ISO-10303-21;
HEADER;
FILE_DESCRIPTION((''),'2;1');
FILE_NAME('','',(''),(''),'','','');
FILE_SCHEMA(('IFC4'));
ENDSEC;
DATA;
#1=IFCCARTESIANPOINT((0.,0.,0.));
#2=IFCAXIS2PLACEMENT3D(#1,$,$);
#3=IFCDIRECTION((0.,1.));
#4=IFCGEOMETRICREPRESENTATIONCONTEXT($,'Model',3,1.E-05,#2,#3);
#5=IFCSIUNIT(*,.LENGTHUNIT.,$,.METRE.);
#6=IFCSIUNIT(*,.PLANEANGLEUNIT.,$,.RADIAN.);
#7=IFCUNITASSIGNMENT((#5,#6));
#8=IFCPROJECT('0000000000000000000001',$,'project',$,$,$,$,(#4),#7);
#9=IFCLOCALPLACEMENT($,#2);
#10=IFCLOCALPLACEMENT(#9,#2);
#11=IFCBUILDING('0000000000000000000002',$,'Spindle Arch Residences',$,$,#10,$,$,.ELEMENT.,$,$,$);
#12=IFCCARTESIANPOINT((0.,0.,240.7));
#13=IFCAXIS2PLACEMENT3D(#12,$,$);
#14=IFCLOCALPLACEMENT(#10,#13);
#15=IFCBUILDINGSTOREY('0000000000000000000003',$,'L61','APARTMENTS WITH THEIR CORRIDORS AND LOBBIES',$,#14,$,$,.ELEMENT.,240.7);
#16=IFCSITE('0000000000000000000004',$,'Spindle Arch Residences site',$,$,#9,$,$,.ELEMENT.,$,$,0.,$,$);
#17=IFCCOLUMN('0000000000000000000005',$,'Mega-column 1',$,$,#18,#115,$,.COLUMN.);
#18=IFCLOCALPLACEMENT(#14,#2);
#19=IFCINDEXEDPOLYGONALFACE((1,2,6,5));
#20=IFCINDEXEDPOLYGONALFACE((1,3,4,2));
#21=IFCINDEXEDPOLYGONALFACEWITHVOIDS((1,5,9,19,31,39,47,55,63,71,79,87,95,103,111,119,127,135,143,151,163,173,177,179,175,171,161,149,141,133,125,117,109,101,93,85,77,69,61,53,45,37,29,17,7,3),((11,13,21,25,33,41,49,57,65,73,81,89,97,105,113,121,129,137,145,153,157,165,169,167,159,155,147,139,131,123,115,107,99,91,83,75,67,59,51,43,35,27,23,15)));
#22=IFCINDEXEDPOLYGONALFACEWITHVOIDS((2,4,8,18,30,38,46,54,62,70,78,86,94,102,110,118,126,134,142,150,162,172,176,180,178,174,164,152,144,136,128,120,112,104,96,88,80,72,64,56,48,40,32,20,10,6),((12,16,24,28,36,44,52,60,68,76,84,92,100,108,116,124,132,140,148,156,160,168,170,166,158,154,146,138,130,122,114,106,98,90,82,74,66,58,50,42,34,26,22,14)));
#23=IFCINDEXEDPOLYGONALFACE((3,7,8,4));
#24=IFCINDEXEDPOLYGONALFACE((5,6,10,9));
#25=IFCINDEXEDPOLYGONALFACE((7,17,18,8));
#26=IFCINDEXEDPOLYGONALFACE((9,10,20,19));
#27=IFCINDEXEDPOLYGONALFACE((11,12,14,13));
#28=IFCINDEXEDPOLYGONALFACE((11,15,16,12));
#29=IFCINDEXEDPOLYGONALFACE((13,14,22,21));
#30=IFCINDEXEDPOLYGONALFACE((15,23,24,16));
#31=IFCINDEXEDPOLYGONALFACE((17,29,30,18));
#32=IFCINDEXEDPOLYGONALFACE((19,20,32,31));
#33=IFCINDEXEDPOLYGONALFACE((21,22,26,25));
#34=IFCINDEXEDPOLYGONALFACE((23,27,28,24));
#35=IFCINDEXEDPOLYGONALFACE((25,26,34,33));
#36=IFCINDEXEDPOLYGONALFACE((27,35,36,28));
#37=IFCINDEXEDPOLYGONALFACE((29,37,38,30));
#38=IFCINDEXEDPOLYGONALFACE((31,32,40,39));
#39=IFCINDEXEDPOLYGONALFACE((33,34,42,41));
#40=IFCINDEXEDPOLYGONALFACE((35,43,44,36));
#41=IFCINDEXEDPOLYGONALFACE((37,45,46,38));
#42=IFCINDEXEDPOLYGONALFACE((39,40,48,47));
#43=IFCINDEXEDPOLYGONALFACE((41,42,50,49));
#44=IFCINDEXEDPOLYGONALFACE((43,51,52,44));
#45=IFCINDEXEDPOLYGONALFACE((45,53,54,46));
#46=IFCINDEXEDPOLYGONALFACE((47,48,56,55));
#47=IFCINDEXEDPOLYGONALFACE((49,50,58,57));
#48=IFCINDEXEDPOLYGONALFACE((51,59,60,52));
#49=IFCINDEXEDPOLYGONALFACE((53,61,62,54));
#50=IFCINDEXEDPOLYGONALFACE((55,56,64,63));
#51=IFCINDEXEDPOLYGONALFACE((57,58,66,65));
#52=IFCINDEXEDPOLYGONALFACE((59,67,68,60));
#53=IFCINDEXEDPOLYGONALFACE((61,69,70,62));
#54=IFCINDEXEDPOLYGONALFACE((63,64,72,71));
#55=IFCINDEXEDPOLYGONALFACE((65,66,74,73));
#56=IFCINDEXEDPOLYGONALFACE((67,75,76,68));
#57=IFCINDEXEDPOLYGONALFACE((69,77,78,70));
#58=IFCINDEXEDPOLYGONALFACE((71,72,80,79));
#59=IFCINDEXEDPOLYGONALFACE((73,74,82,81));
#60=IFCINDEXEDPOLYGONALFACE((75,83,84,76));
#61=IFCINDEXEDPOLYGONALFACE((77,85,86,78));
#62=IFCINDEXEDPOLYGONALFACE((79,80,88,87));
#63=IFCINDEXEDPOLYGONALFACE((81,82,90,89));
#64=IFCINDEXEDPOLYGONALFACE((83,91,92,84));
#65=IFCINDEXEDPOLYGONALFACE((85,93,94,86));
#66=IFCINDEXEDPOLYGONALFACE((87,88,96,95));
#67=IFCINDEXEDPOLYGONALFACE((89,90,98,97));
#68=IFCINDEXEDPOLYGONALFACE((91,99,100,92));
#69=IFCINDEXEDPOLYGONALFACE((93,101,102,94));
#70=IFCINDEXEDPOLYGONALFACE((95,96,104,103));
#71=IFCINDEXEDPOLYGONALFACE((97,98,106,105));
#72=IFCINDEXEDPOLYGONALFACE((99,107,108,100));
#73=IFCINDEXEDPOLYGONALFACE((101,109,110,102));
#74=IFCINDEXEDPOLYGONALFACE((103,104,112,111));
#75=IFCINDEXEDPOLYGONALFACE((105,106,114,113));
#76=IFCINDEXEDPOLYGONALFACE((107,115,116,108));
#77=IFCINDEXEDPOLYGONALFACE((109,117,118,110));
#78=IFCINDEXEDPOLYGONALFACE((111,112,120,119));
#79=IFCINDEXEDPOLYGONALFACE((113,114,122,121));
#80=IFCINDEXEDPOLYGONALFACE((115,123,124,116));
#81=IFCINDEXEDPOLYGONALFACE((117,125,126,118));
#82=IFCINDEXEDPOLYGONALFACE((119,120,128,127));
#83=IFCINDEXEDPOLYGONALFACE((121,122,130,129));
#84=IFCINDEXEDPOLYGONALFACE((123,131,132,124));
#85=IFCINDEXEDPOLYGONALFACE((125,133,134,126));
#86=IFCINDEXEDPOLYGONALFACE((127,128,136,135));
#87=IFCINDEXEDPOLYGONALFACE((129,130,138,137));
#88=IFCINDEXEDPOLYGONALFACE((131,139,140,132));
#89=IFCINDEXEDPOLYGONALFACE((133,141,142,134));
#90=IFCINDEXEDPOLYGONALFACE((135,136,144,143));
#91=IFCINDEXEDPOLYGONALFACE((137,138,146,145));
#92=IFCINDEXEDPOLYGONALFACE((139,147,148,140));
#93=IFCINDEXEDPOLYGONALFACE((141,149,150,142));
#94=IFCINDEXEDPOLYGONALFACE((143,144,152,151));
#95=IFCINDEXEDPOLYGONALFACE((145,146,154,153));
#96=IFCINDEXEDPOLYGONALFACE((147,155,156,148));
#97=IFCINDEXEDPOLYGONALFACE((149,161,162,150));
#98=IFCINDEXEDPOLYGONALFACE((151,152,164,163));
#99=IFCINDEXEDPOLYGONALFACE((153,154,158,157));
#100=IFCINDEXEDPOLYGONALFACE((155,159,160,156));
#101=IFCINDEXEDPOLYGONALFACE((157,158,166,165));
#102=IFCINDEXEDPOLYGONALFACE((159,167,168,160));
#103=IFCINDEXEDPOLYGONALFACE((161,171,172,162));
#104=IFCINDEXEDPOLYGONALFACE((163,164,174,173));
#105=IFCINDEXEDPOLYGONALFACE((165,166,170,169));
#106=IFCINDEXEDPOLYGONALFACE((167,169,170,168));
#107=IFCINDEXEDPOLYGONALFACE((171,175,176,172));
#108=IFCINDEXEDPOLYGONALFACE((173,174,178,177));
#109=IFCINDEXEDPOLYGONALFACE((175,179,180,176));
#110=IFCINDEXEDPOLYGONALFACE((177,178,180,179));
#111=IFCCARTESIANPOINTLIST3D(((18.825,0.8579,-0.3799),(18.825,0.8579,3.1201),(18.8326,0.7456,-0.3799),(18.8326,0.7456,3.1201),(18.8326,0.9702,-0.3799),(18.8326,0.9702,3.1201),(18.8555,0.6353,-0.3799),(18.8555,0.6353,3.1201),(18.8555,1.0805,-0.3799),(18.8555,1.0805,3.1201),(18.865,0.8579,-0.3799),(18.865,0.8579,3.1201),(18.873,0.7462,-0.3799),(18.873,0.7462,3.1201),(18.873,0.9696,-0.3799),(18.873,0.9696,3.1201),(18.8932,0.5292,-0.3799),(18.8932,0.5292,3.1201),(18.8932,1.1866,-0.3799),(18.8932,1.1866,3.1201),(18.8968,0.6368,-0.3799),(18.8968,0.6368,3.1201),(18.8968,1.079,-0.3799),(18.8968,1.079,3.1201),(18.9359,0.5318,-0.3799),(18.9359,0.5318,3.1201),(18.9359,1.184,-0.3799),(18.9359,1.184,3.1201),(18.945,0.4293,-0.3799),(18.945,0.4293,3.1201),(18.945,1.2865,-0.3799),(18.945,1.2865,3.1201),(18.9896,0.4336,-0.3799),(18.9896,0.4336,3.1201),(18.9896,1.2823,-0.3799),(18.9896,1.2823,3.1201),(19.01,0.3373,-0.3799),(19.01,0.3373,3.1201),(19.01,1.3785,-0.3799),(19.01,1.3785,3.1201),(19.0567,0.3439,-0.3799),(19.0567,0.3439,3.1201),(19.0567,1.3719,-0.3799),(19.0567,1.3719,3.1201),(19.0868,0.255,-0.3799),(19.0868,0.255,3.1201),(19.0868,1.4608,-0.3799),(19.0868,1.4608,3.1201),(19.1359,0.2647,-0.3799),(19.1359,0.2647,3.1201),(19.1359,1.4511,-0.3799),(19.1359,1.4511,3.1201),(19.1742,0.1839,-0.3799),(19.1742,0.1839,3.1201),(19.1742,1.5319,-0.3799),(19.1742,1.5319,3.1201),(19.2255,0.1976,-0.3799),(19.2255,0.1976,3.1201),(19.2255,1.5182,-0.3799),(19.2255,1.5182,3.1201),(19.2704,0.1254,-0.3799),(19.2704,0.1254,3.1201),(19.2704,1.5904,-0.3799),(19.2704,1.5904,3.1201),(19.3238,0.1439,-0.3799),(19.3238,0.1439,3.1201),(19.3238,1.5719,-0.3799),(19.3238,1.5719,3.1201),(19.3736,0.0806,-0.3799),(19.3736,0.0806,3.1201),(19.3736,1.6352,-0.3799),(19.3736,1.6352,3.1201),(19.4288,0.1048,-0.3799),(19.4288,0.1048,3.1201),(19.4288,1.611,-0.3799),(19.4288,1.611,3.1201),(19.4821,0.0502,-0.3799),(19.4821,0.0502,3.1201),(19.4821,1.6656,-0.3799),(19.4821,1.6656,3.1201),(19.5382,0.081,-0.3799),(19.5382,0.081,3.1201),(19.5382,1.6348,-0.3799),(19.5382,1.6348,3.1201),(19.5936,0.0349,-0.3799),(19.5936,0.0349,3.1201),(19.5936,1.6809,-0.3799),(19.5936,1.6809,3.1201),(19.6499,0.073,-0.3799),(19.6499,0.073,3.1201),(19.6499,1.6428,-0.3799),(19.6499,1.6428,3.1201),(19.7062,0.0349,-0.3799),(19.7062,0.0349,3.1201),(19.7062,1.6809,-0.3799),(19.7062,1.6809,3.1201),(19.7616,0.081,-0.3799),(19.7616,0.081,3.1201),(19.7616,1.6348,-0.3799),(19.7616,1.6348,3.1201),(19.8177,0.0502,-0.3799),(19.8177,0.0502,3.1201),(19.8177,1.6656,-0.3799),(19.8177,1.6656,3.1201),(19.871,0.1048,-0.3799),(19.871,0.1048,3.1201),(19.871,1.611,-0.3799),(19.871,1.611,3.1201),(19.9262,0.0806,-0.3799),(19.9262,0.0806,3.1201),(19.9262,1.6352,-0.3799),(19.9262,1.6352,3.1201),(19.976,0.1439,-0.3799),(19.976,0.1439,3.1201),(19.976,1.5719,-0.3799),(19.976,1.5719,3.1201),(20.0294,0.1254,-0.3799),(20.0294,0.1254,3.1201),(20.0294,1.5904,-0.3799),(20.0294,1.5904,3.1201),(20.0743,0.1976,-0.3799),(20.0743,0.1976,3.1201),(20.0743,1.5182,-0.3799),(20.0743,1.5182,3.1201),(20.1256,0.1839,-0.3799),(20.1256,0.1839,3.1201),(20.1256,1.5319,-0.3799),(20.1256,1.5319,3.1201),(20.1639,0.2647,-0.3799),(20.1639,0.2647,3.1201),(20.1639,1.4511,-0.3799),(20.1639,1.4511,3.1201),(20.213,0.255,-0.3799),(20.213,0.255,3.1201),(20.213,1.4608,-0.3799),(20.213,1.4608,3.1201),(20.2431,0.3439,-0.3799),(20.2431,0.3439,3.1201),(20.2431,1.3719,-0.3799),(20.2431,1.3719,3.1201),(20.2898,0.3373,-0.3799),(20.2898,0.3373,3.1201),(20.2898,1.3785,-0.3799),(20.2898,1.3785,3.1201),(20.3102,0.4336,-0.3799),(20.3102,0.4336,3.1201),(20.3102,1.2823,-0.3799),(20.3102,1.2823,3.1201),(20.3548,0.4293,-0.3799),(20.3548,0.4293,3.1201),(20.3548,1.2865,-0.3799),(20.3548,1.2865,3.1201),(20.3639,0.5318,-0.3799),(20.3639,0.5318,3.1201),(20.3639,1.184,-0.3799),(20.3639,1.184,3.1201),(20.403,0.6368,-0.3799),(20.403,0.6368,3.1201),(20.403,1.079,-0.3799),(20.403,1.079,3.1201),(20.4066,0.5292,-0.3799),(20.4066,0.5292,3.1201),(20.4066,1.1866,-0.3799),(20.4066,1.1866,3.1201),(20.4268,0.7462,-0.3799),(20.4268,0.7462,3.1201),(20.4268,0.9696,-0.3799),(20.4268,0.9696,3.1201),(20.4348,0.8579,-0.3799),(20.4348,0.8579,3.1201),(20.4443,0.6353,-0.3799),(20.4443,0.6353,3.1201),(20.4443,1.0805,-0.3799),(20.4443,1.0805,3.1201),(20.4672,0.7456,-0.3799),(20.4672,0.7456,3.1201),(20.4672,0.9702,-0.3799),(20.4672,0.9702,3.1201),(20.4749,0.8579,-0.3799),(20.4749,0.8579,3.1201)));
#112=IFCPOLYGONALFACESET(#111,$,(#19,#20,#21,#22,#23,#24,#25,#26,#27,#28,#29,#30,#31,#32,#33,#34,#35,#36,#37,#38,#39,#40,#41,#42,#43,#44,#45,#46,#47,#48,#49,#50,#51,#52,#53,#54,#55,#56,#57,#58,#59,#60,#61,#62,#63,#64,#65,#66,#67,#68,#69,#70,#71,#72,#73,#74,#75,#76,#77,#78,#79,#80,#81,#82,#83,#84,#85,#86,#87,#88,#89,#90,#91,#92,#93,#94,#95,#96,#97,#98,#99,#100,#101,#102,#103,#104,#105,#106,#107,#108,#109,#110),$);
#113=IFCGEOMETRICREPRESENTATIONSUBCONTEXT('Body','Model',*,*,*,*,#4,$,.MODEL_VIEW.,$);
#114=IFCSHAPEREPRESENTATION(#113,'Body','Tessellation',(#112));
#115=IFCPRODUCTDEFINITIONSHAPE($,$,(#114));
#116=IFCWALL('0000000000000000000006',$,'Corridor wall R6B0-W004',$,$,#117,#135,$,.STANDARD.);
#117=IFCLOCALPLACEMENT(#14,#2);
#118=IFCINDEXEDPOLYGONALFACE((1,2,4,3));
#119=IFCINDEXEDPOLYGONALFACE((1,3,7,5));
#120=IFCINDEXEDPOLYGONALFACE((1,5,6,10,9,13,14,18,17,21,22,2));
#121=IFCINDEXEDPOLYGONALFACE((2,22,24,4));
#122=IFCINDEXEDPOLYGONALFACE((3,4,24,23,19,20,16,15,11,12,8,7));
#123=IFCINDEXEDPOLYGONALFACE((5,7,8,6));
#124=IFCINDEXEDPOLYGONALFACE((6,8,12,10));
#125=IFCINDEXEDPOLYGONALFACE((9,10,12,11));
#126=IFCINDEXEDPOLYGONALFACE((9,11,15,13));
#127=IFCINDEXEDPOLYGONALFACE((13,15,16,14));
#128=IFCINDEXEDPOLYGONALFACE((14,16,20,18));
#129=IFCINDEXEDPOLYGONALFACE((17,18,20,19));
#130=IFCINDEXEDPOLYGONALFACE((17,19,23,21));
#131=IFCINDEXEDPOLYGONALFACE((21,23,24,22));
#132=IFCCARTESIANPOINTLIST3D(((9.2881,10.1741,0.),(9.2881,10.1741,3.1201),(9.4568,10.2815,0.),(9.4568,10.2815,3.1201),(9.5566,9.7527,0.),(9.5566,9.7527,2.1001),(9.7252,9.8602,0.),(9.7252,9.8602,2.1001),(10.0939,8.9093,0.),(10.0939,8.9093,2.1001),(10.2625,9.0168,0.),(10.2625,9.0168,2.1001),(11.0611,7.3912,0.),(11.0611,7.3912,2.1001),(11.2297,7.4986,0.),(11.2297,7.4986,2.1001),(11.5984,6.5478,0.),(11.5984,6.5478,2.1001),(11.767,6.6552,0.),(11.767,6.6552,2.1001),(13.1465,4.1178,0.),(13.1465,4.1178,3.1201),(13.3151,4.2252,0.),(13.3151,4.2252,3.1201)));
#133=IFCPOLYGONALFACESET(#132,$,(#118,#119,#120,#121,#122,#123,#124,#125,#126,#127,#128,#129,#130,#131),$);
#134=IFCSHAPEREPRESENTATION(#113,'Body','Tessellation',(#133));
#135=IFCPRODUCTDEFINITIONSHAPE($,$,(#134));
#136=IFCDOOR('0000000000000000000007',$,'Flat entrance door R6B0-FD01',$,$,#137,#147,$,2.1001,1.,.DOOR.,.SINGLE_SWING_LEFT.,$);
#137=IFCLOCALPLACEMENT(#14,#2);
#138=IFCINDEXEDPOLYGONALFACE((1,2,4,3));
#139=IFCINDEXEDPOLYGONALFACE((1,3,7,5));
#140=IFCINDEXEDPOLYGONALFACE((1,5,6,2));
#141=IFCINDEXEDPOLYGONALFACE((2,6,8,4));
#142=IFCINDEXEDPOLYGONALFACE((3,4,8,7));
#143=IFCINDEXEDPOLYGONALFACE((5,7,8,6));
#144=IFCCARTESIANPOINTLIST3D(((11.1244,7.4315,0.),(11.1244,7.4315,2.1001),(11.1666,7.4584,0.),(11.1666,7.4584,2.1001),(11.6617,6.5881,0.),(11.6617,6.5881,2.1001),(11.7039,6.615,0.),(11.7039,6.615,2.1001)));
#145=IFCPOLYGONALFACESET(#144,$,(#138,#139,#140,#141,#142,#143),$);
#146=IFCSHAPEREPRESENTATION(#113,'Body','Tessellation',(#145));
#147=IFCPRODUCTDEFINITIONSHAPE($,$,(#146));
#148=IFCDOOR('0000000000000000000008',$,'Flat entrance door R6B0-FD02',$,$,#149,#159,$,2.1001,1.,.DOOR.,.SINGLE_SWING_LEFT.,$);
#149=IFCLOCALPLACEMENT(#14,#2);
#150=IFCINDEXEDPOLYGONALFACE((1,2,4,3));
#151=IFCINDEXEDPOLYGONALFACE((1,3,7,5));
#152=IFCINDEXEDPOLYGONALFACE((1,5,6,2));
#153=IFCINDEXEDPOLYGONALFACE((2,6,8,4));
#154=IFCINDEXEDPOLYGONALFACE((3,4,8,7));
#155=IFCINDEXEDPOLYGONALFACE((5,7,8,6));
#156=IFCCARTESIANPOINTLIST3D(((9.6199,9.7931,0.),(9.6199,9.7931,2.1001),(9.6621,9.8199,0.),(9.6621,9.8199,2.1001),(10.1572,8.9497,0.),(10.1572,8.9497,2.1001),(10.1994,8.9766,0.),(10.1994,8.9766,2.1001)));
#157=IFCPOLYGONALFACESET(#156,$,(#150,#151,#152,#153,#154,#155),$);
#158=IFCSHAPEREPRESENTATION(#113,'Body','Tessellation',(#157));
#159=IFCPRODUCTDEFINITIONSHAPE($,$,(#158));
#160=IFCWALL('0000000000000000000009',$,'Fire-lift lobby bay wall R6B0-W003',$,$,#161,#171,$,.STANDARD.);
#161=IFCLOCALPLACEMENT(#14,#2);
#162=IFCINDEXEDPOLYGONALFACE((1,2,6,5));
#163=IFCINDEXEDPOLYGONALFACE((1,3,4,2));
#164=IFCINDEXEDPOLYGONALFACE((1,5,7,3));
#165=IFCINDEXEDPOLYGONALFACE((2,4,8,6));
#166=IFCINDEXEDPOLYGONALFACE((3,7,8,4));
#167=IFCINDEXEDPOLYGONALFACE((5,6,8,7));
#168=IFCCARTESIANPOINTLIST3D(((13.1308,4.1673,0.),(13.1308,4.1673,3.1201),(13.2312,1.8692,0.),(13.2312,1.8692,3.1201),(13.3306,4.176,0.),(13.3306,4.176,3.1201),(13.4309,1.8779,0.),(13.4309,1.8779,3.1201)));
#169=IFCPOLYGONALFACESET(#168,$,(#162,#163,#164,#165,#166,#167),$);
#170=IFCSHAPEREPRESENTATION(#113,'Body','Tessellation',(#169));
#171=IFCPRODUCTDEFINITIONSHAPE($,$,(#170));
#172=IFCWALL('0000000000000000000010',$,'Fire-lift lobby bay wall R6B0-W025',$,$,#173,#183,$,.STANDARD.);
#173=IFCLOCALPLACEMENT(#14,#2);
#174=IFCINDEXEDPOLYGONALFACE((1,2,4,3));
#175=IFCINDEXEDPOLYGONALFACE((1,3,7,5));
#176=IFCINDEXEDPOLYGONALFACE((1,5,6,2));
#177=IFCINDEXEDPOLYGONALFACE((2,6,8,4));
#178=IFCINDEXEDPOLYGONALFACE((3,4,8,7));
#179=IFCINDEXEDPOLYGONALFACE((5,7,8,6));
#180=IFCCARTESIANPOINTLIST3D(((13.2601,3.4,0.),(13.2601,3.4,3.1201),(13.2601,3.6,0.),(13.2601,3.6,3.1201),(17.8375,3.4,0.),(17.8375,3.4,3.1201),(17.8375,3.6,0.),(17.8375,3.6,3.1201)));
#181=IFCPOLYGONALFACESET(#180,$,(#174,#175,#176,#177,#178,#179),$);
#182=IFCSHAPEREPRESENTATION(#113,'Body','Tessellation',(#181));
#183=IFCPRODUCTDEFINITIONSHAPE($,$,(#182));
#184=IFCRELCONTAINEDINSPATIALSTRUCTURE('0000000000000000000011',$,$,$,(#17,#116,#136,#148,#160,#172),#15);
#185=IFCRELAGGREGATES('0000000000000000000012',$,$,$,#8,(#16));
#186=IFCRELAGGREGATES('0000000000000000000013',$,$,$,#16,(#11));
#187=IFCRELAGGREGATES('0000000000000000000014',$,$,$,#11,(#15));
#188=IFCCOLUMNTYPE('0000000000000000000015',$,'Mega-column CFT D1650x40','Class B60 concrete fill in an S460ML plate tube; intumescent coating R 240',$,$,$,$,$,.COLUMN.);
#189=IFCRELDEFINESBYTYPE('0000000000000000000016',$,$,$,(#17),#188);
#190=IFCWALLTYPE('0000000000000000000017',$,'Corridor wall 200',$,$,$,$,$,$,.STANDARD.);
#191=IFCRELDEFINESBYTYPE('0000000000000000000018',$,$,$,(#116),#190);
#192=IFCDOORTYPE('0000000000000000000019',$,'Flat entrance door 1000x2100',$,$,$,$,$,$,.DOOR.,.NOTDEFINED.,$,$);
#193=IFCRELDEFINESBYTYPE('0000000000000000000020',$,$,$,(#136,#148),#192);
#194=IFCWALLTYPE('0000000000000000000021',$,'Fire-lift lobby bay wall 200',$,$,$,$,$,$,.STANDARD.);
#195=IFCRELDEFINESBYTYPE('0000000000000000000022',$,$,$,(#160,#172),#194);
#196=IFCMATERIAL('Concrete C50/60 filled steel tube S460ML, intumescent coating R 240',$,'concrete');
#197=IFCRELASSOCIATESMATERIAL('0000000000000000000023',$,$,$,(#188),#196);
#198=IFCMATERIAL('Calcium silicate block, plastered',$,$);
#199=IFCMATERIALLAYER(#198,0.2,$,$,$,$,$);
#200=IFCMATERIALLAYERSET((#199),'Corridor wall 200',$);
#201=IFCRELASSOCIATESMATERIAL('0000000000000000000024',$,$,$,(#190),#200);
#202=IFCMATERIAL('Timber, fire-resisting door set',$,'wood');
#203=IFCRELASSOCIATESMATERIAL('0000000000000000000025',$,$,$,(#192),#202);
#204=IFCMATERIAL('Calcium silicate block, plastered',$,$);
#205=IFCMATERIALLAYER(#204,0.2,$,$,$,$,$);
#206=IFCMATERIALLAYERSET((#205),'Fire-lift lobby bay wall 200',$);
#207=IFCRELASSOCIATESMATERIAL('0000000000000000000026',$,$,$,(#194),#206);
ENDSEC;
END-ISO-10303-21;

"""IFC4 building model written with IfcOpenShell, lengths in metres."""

from ifc_helpers import new_model, si_unit, direction, frame, frame_2d, origin, origin_2d, place, context, subcontext, project, spatial, rectangle, hollow_circle, extrude, material, layer, layer_set, material_profile, profile_set, type_object, element, fill, save


model = new_model("IFC4")

# Units and contexts
model_context = context("Model", 3, precision=1e-05, world=origin(), true_north=direction((0.0, 1.0)))
body_context = subcontext(model_context, "Body", "Model", "MODEL_VIEW")
ifc_project = project(units=[si_unit("LENGTHUNIT", "METRE"), si_unit("PLANEANGLEUNIT", "RADIAN")], contexts=[model_context])

# Site, building, storey
site_placement = place(None, origin())
site = spatial("IfcSite", under=ifc_project, at=site_placement, Name="Spindle Arch Residences site", CompositionType="ELEMENT", RefElevation=0.0)
building_placement = place(site_placement, origin())
building = spatial("IfcBuilding", under=site, at=building_placement, Name="Spindle Arch Residences", CompositionType="ELEMENT")
storey_placement = place(building_placement, frame((0.0, 0.0, 240.7)))
storey = spatial("IfcBuildingStorey", under=building, at=storey_placement, Name="L61", Description="APARTMENTS WITH THEIR CORRIDORS AND LOBBIES", CompositionType="ELEMENT", Elevation=240.7)

# Column
ifc_material_1 = material(Name="Concrete C50/60 filled steel tube S460ML, intumescent coating R 240", Category="concrete")
ifc_material_profile = material_profile(ifc_material_1, hollow_circle(Radius=0.825, WallThickness=0.04, at=origin_2d()), Name="CFT D1650x40")
ifc_profile_set = profile_set([ifc_material_profile], Name="Concrete C50/60 filled steel tube S460ML, intumescent coating R 240")
column_type = type_object("IfcColumnType", Name="Mega-column CFT D1650x40", Description="Class B60 concrete fill in an S460ML plate tube; intumescent coating R 240", PredefinedType="COLUMN", material=ifc_profile_set)
column_placement = place(storey_placement, frame((19.6499, 0.8579, -0.3799), z_axis=(0.0, 0.0, 1.0), x_axis=(1.0, 0.0, 0.0)))
element("IfcColumn", 1, at=column_placement, inside=storey, type_object=column_type, Name="Mega-column 1", PredefinedType="COLUMN", context=body_context, shape_type="SweptSolid", body=[
    extrude(hollow_circle(Radius=0.825, WallThickness=0.04, at=origin_2d()), origin(), (0.0, 0.0, 1.0), 3.5),
])

# Wall, openings, doors
ifc_material_2 = material(Name="Calcium silicate block, plastered")
ifc_layer_1 = layer(ifc_material_2, 0.2)
ifc_layer_set_1 = layer_set([ifc_layer_1], Name="Corridor wall 200")
wall_type_1 = type_object("IfcWallType", Name="Corridor wall 200", PredefinedType="STANDARD", material=ifc_layer_set_1)
wall_1_placement = place(storey_placement, frame((13.2307, 4.1716, 0.0), z_axis=(0.0, 0.0, 1.0), x_axis=(-0.537304, 0.843388, 0.0)))
wall_1 = element("IfcWall", 2, at=wall_1_placement, inside=storey, type_object=wall_type_1, Name="Corridor wall R6B0-W004", PredefinedType="STANDARD", context=body_context, shape_type="SweptSolid", body=[
    extrude(rectangle(XDim=7.1809, YDim=0.2, at=frame_2d((3.5903, 0.0))), origin(), (0.0, 0.0, 1.0), 3.1201),
])
opening_1_placement = place(wall_1_placement, frame((2.8811, 0.0, 0.0)))
opening_1 = element("IfcOpeningElement", 3, at=opening_1_placement, cuts=wall_1, PredefinedType="OPENING", context=body_context, shape_type="SweptSolid", body=[
    extrude(rectangle(XDim=1.0, YDim=2.1001, at=frame_2d((0.5, 1.05))), frame((0.0, 0.1099, 0.0), z_axis=(0.0, -1.0, 0.0), x_axis=(1.0, 0.0, 0.0)), (0.0, 0.0, 1.0), 0.22),
])
opening_2_placement = place(wall_1_placement, frame((5.6812, 0.0, 0.0)))
opening_2 = element("IfcOpeningElement", 4, at=opening_2_placement, cuts=wall_1, PredefinedType="OPENING", context=body_context, shape_type="SweptSolid", body=[
    extrude(rectangle(XDim=1.0, YDim=2.1001, at=frame_2d((0.5, 1.05))), frame((0.0, 0.1099, 0.0), z_axis=(0.0, -1.0, 0.0), x_axis=(1.0, 0.0, 0.0)), (0.0, 0.0, 1.0), 0.22),
])
ifc_material_3 = material(Name="Timber, fire-resisting door set", Category="wood")
door_type_1 = type_object("IfcDoorType", Name="Flat entrance door 1000x2100", OperationType="NOTDEFINED", PredefinedType="DOOR", material=ifc_material_3)
door_1_placement = place(opening_1_placement, origin())
door_1 = element("IfcDoor", 5, at=door_1_placement, inside=storey, type_object=door_type_1, Name="Flat entrance door R6B0-FD01", OperationType="SINGLE_SWING_LEFT", OverallHeight=2.1001, OverallWidth=1.0, PredefinedType="DOOR", context=body_context, shape_type="SweptSolid", body=[
    extrude(rectangle(XDim=1.0, YDim=2.1001, at=frame_2d((0.5, 1.05))), frame((0.0, 0.0249, 0.0), z_axis=(0.0, -1.0, 0.0), x_axis=(1.0, 0.0, 0.0)), (0.0, 0.0, 1.0), 0.05),
])
fill(opening_1, door_1)
door_2_placement = place(opening_2_placement, origin())
door_2 = element("IfcDoor", 6, at=door_2_placement, inside=storey, type_object=door_type_1, Name="Flat entrance door R6B0-FD02", OperationType="SINGLE_SWING_LEFT", OverallHeight=2.1001, OverallWidth=1.0, PredefinedType="DOOR", context=body_context, shape_type="SweptSolid", body=[
    extrude(rectangle(XDim=1.0, YDim=2.1001, at=frame_2d((0.5, 1.05))), frame((0.0, 0.0249, 0.0), z_axis=(0.0, -1.0, 0.0), x_axis=(1.0, 0.0, 0.0)), (0.0, 0.0, 1.0), 0.05),
])
fill(opening_2, door_2)

# Walls
ifc_material_4 = material(Name="Calcium silicate block, plastered")
ifc_layer_2 = layer(ifc_material_4, 0.2)
ifc_layer_set_2 = layer_set([ifc_layer_2], Name="Fire-lift lobby bay wall 200")
wall_type_2 = type_object("IfcWallType", Name="Fire-lift lobby bay wall 200", PredefinedType="STANDARD", material=ifc_layer_set_2)
wall_2_placement = place(storey_placement, frame((13.3311, 1.8735, 0.0), z_axis=(0.0, 0.0, 1.0), x_axis=(-0.043621, 0.999048, 0.0)))
element("IfcWall", 7, at=wall_2_placement, inside=storey, type_object=wall_type_2, Name="Fire-lift lobby bay wall R6B0-W003", PredefinedType="STANDARD", context=body_context, shape_type="SweptSolid", body=[
    extrude(rectangle(XDim=2.3003, YDim=0.2, at=frame_2d((1.1501, 0.0))), origin(), (0.0, 0.0, 1.0), 3.1201),
])
wall_3_placement = place(storey_placement, frame((17.8374, 3.5, 0.0), z_axis=(0.0, 0.0, 1.0), x_axis=(-1.0, 0.0, 0.0)))
element("IfcWall", 8, at=wall_3_placement, inside=storey, type_object=wall_type_2, Name="Fire-lift lobby bay wall R6B0-W025", PredefinedType="STANDARD", context=body_context, shape_type="SweptSolid", body=[
    extrude(rectangle(XDim=4.5774, YDim=0.2, at=frame_2d((2.2886, 0.0))), origin(), (0.0, 0.0, 1.0), 3.1201),
])

save(model, "model.ifc")
